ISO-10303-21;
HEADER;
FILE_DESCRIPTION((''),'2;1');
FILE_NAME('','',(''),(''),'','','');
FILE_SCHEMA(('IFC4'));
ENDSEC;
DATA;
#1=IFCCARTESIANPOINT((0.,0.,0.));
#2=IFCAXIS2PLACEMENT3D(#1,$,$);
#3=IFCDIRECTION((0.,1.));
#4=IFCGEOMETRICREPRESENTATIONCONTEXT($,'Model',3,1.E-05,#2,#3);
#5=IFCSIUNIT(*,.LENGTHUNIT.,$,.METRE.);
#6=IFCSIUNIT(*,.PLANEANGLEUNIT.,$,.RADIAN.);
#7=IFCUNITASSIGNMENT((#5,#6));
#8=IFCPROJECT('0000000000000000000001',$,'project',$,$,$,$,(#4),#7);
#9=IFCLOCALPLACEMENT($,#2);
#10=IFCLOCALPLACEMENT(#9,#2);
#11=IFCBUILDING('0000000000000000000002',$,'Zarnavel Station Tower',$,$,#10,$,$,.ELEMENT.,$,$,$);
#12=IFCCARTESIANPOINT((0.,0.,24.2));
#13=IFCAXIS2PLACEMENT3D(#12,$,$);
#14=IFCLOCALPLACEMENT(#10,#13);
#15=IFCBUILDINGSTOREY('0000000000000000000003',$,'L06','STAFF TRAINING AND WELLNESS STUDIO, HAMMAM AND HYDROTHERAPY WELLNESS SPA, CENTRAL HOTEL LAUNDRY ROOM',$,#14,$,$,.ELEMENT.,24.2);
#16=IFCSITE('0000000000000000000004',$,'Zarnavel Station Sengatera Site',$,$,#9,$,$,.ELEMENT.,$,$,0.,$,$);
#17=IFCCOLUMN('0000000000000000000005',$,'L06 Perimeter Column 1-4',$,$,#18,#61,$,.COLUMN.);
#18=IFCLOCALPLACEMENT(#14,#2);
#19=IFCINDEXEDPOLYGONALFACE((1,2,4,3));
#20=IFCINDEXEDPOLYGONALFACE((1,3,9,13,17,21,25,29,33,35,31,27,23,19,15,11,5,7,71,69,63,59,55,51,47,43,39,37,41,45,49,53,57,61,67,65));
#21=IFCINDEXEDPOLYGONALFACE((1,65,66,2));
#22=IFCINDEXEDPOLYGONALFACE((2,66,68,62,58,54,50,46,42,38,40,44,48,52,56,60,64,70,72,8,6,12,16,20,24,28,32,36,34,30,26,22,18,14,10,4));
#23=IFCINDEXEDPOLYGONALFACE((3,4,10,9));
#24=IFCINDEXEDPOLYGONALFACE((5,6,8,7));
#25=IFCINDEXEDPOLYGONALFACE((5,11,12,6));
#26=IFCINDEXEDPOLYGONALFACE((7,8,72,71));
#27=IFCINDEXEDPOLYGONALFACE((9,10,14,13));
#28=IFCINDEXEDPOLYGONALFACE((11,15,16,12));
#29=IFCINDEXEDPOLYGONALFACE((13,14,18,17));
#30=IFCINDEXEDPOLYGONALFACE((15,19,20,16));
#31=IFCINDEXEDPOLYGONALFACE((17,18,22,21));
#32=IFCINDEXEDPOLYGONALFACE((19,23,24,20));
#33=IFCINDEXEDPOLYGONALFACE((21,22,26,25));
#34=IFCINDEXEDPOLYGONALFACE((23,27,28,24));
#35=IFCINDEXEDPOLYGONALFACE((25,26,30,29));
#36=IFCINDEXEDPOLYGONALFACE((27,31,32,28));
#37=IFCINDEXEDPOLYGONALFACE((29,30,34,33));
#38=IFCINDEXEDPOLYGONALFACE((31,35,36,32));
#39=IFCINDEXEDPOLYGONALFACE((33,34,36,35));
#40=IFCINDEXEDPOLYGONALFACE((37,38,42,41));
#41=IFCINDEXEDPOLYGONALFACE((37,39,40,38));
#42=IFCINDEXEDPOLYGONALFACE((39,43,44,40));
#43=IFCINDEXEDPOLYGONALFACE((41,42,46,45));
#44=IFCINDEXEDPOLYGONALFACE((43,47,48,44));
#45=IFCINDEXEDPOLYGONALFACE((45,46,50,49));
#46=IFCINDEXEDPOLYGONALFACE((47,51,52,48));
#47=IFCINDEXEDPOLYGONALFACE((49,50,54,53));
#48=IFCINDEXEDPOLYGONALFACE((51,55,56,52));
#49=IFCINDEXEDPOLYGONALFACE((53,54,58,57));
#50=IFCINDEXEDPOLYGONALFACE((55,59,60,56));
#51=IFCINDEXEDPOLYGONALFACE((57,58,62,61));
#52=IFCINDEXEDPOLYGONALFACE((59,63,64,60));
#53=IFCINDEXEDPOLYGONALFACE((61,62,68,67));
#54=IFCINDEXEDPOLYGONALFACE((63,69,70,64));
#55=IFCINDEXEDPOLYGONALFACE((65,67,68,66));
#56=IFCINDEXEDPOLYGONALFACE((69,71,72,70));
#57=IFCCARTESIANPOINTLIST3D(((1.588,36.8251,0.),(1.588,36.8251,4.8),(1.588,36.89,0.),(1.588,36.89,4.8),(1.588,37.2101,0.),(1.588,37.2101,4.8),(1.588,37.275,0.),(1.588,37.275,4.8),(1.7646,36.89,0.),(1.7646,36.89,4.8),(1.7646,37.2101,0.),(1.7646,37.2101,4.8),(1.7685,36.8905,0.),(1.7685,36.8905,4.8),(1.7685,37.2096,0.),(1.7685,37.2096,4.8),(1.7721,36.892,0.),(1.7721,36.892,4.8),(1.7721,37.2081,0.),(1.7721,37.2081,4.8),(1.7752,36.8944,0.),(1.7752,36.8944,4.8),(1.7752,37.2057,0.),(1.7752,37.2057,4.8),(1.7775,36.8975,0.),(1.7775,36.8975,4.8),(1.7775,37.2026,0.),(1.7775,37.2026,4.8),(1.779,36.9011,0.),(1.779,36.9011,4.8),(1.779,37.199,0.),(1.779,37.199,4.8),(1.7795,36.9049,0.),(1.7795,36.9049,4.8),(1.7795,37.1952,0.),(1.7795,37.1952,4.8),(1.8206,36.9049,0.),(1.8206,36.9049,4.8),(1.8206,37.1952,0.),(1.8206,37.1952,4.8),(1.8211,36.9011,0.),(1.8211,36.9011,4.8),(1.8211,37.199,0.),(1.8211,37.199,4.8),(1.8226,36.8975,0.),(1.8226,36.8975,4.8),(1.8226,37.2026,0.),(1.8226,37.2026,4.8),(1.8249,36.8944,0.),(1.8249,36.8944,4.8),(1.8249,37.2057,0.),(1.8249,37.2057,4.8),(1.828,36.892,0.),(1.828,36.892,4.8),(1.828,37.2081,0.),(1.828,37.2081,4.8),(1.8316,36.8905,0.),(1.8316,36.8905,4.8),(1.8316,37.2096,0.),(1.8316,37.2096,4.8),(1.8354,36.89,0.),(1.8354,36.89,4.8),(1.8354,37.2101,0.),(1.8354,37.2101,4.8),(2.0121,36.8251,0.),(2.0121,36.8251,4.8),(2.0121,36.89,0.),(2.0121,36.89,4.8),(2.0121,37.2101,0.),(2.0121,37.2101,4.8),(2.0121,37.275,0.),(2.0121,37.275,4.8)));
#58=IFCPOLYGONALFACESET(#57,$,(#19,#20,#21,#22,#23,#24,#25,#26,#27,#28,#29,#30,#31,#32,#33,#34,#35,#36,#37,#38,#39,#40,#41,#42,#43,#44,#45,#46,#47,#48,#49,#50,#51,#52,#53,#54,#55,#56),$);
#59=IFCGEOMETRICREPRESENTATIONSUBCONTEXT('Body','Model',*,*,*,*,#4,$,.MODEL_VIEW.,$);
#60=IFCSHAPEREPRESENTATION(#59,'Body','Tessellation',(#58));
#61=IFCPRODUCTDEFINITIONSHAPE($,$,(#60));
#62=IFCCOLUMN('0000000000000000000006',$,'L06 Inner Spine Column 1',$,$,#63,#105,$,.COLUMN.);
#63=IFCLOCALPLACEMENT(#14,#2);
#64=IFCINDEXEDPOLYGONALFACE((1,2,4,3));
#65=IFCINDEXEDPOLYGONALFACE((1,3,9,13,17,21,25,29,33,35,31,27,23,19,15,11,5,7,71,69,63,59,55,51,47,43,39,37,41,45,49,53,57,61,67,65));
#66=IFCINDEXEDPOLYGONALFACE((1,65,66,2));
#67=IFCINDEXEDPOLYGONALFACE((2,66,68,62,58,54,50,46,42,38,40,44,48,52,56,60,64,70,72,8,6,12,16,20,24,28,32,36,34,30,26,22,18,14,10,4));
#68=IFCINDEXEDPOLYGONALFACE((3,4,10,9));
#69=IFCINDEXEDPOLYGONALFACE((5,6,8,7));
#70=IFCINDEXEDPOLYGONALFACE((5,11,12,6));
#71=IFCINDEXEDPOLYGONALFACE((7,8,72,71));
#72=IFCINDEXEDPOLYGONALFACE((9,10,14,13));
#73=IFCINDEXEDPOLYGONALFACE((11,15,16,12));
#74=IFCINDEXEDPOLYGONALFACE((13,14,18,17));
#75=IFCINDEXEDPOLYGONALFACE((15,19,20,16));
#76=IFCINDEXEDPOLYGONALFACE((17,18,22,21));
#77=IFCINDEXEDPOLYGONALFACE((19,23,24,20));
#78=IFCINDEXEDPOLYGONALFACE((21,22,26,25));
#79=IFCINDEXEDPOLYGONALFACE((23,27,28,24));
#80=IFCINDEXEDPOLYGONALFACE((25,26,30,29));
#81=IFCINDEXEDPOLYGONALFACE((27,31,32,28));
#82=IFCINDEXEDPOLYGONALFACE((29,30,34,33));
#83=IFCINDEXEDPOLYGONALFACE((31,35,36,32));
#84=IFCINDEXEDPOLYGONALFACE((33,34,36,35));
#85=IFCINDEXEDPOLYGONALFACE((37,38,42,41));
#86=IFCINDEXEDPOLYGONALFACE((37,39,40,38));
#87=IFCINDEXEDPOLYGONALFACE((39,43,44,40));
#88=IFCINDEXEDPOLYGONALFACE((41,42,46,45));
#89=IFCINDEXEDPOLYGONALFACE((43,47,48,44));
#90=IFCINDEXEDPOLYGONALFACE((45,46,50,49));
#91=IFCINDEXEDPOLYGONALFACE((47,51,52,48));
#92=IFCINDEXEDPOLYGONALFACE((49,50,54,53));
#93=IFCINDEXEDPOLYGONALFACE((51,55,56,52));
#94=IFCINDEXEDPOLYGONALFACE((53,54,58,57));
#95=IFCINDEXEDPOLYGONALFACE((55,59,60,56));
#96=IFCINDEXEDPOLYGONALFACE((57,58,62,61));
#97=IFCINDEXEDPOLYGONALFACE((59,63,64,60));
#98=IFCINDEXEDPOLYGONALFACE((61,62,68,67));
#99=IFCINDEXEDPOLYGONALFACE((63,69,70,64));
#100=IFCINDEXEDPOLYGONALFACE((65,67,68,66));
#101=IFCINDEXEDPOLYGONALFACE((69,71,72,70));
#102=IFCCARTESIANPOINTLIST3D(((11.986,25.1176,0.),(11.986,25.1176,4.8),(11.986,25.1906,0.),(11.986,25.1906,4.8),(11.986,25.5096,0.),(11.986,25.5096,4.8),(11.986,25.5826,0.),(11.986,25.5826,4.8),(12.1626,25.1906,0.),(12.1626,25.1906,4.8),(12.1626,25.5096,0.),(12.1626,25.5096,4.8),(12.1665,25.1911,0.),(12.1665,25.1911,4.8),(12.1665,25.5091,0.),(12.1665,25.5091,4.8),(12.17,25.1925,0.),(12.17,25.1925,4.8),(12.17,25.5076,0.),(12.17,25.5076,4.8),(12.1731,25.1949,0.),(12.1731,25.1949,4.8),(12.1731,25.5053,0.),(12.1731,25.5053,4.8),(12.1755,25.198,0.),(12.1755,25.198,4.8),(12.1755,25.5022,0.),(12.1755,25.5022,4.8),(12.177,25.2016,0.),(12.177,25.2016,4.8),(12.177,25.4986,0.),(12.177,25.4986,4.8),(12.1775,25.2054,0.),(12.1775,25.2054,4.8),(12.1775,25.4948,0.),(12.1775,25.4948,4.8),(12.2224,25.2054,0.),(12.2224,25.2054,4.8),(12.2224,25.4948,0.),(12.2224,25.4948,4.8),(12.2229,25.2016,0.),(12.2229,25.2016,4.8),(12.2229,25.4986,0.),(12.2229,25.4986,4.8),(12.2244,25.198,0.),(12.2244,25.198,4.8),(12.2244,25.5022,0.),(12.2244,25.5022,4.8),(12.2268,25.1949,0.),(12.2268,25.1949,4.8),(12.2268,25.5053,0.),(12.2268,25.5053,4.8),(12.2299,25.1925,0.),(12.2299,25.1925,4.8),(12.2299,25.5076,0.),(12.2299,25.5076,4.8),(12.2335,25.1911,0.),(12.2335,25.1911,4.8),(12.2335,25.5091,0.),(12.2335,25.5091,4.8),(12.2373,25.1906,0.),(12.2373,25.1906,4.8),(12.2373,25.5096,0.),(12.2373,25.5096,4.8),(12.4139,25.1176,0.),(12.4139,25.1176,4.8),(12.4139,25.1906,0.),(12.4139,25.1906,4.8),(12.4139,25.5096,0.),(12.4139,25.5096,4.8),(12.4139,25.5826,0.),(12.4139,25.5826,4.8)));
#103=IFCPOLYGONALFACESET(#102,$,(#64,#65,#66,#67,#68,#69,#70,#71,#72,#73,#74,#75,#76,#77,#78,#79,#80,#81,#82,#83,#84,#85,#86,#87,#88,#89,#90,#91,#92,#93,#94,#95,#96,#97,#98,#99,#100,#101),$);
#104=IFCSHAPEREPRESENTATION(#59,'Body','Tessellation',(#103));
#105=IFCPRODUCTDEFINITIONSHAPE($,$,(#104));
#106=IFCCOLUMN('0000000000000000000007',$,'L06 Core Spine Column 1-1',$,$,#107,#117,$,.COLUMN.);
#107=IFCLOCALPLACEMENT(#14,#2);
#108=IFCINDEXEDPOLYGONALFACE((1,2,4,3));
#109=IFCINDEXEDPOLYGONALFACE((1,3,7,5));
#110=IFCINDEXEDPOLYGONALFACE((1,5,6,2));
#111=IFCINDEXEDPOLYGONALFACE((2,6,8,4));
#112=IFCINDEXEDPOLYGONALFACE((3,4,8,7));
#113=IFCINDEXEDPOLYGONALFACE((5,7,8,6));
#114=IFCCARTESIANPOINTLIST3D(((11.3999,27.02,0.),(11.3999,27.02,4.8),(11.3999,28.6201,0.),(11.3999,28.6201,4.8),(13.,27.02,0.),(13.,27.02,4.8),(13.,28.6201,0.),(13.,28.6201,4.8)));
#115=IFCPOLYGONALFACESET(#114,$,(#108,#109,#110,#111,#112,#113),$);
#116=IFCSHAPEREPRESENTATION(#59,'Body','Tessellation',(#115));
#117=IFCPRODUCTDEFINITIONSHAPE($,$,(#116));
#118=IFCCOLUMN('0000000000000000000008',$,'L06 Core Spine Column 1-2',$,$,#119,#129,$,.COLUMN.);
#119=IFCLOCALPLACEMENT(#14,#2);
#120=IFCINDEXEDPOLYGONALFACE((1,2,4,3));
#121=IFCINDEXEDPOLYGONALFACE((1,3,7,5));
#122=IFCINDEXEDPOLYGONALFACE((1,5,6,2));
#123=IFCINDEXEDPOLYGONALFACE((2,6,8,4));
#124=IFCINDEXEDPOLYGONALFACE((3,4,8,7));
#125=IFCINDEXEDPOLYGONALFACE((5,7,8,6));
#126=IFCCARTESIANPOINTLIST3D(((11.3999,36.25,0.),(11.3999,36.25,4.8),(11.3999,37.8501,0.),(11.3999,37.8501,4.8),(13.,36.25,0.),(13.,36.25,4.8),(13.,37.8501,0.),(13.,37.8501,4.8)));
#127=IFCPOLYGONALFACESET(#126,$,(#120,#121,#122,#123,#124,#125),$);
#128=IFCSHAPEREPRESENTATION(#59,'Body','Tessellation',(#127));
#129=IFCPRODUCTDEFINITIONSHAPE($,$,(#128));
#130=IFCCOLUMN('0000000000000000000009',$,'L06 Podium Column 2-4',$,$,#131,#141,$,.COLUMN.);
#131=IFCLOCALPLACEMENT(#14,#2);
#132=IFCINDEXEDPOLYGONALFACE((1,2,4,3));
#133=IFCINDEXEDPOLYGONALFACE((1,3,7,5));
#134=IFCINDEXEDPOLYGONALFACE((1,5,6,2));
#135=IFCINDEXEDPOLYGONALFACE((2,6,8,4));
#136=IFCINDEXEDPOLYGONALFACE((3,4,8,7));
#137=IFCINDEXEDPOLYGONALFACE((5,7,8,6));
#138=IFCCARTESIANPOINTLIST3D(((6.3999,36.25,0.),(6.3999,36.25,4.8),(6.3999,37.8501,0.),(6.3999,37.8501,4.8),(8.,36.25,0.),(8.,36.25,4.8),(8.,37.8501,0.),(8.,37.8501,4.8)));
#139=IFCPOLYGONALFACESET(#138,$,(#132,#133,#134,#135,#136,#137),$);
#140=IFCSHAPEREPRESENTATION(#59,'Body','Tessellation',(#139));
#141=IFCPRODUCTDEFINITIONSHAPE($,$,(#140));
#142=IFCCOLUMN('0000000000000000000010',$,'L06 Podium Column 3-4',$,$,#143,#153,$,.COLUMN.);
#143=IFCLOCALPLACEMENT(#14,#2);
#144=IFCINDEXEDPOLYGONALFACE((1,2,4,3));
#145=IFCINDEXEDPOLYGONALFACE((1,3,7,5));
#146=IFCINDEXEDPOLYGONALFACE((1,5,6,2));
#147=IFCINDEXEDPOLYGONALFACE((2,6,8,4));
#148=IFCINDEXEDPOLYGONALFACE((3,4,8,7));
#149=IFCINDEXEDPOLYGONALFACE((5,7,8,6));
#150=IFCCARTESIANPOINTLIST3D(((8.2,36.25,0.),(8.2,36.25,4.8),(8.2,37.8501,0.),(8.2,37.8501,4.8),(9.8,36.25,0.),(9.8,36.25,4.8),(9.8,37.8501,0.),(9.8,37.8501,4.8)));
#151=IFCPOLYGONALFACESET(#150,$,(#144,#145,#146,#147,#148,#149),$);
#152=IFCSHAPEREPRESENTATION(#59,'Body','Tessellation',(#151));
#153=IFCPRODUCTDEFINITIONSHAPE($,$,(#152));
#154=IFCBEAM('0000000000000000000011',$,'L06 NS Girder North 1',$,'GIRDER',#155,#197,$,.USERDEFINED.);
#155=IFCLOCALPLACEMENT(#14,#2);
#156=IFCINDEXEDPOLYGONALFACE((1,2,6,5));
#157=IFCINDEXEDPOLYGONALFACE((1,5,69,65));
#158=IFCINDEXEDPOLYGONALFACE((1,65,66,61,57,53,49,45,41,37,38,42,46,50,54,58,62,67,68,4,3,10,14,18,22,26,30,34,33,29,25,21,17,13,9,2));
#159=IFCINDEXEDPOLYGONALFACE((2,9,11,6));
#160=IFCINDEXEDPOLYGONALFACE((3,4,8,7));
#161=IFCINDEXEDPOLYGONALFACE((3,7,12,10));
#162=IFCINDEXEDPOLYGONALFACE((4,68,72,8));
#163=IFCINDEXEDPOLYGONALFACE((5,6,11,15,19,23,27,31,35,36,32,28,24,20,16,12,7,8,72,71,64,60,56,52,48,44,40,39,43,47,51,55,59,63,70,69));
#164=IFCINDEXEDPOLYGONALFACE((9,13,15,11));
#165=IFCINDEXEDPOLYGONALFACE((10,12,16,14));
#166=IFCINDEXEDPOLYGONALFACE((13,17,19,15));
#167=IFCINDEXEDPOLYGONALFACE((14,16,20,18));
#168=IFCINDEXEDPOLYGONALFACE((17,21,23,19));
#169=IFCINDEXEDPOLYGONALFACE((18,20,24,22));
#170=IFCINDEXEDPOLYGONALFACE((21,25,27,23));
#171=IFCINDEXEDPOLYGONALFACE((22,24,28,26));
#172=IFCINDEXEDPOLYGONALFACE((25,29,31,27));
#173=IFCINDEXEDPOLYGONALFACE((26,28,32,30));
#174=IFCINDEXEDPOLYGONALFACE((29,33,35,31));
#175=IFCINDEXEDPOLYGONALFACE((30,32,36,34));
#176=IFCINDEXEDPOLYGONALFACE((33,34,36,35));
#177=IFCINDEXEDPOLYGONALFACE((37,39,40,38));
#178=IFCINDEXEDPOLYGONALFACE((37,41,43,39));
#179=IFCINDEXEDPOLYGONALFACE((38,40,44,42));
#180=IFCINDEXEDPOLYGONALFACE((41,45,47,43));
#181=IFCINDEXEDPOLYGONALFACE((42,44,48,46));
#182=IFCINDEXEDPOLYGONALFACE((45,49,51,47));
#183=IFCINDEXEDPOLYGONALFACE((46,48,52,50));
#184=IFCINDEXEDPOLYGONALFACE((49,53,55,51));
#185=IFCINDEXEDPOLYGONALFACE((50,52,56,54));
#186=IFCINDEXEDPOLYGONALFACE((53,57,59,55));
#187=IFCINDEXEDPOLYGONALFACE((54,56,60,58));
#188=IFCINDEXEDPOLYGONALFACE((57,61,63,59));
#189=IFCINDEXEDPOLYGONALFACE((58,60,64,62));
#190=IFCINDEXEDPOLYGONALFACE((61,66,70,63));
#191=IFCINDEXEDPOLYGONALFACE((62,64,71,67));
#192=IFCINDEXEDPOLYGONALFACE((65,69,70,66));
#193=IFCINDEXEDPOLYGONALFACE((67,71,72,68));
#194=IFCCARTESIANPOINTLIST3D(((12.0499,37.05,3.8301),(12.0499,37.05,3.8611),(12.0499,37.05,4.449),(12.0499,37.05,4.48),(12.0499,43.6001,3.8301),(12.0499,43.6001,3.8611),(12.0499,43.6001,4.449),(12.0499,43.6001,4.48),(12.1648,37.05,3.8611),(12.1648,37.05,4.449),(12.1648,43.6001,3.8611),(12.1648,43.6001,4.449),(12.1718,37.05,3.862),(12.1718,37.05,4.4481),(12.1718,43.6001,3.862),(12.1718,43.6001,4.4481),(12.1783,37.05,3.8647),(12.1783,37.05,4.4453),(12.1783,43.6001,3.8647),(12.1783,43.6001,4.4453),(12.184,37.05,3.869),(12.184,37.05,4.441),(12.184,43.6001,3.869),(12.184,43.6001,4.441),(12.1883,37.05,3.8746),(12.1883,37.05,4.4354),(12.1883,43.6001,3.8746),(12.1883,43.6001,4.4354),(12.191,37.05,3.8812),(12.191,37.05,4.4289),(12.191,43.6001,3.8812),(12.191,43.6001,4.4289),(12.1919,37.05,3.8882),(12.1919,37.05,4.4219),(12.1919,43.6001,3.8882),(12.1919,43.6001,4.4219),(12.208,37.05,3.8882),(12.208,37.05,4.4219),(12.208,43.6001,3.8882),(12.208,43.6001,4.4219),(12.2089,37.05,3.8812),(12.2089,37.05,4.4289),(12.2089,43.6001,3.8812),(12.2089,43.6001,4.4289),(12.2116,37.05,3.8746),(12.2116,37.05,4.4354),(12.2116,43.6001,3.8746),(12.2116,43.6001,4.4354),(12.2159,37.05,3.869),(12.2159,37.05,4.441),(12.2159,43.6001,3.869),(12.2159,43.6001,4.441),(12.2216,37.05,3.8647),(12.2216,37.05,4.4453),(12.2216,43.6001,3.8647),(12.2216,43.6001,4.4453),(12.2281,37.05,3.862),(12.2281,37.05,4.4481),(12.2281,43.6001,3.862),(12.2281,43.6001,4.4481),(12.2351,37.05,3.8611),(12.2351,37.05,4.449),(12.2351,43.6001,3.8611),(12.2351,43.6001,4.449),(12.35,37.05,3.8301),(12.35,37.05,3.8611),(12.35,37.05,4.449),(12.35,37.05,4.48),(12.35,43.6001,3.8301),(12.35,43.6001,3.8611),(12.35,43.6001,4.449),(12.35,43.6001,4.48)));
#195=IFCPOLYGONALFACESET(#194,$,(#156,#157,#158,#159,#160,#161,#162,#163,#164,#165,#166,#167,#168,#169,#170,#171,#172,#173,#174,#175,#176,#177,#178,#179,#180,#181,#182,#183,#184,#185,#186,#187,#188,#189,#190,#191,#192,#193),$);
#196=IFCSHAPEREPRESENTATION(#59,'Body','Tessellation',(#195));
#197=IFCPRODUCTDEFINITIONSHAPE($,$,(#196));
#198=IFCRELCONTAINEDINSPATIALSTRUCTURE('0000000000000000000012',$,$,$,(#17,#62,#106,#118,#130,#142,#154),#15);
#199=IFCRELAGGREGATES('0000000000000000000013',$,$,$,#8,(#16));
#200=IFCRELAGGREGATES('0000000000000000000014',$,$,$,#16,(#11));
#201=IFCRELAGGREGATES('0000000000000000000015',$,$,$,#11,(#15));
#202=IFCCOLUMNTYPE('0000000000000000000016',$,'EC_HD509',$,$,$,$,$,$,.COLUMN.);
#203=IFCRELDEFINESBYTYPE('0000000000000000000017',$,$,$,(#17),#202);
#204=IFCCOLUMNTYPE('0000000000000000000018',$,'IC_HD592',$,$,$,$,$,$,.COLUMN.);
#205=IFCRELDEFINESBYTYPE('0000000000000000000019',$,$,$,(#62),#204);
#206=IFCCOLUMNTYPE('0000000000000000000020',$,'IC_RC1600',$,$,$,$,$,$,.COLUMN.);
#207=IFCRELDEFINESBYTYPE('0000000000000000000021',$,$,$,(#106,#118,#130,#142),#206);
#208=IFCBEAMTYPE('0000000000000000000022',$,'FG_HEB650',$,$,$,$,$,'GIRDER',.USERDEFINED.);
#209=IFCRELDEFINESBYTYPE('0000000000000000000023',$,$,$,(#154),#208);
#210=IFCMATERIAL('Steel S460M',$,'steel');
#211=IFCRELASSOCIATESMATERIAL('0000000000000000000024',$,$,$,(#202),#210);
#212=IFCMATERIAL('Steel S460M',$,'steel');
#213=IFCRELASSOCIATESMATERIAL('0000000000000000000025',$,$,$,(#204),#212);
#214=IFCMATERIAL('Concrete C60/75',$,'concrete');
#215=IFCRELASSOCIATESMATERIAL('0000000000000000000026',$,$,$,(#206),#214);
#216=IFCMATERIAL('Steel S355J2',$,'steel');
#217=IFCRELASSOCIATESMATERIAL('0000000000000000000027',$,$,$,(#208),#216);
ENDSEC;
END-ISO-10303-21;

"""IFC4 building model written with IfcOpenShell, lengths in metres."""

from ifc_helpers import new_model, si_unit, direction, frame, origin, origin_2d, place, context, subcontext, project, spatial, rectangle, i_section, extrude, material, material_profile, profile_set, type_object, element, save


model = new_model("IFC4")

# Units and contexts
model_context = context("Model", 3, precision=1e-05, world=origin(), true_north=direction((0.0, 1.0)))
body_context = subcontext(model_context, "Body", "Model", "MODEL_VIEW")
ifc_project = project(units=[si_unit("LENGTHUNIT", "METRE"), si_unit("PLANEANGLEUNIT", "RADIAN")], contexts=[model_context])

# Site, building, storey
site_placement = place(None, origin())
site = spatial("IfcSite", under=ifc_project, at=site_placement, Name="Zarnavel Station Sengatera Site", CompositionType="ELEMENT", RefElevation=0.0)
building_placement = place(site_placement, origin())
building = spatial("IfcBuilding", under=site, at=building_placement, Name="Zarnavel Station Tower", CompositionType="ELEMENT")
storey_placement = place(building_placement, frame((0.0, 0.0, 24.2)))
storey = spatial("IfcBuildingStorey", under=building, at=storey_placement, Name="L06", Description="STAFF TRAINING AND WELLNESS STUDIO, HAMMAM AND HYDROTHERAPY WELLNESS SPA, CENTRAL HOTEL LAUNDRY ROOM", CompositionType="ELEMENT", Elevation=24.2)

# Columns
ifc_material_1 = material(Name="Steel S460M", Category="steel")
ifc_material_profile_1 = material_profile(ifc_material_1, i_section(OverallWidth=0.4241, OverallDepth=0.45, WebThickness=0.041, FlangeThickness=0.0649, FilletRadius=0.0149, at=origin_2d()), Name="HD400x509")
ifc_profile_set_1 = profile_set([ifc_material_profile_1], Name="Steel S460M")
column_type_1 = type_object("IfcColumnType", Name="EC_HD509", PredefinedType="COLUMN", material=ifc_profile_set_1)
column_1_placement = place(storey_placement, frame((1.8, 37.05, 0.0), z_axis=(0.0, 0.0, 1.0), x_axis=(1.0, 0.0, 0.0)))
element("IfcColumn", 1, at=column_1_placement, inside=storey, type_object=column_type_1, Name="L06 Perimeter Column 1-4", PredefinedType="COLUMN", context=body_context, shape_type="SweptSolid", body=[
    extrude(i_section(OverallWidth=0.4241, OverallDepth=0.45, WebThickness=0.041, FlangeThickness=0.0649, FilletRadius=0.0149, at=origin_2d()), origin(), (0.0, 0.0, 1.0), 4.8),
])
ifc_material_2 = material(Name="Steel S460M", Category="steel")
ifc_material_profile_2 = material_profile(ifc_material_2, i_section(OverallWidth=0.428, OverallDepth=0.4651, WebThickness=0.0449, FlangeThickness=0.073, FilletRadius=0.0149, at=origin_2d()), Name="HD400x592")
ifc_profile_set_2 = profile_set([ifc_material_profile_2], Name="Steel S460M")
column_type_2 = type_object("IfcColumnType", Name="IC_HD592", PredefinedType="COLUMN", material=ifc_profile_set_2)
column_2_placement = place(storey_placement, frame((12.2, 25.3501, 0.0), z_axis=(0.0, 0.0, 1.0), x_axis=(1.0, 0.0, 0.0)))
element("IfcColumn", 2, at=column_2_placement, inside=storey, type_object=column_type_2, Name="L06 Inner Spine Column 1", PredefinedType="COLUMN", context=body_context, shape_type="SweptSolid", body=[
    extrude(i_section(OverallWidth=0.428, OverallDepth=0.4651, WebThickness=0.0449, FlangeThickness=0.073, FilletRadius=0.0149, at=origin_2d()), origin(), (0.0, 0.0, 1.0), 4.8),
])
ifc_material_3 = material(Name="Concrete C60/75", Category="concrete")
ifc_material_profile_3 = material_profile(ifc_material_3, rectangle(XDim=1.6001, YDim=1.6001, at=origin_2d()), Name="RC1600x1600")
ifc_profile_set_3 = profile_set([ifc_material_profile_3], Name="Concrete C60/75")
column_type_3 = type_object("IfcColumnType", Name="IC_RC1600", PredefinedType="COLUMN", material=ifc_profile_set_3)
for number, where, z_axis, x_axis, name in (
    (3, (12.2, 27.8201, 0.0), (0.0, 0.0, 1.0), (1.0, 0.0, 0.0), "L06 Core Spine Column 1-1"),
    (4, (12.2, 37.05, 0.0), (0.0, 0.0, 1.0), (1.0, 0.0, 0.0), "L06 Core Spine Column 1-2"),
    (5, (7.2, 37.05, 0.0), (0.0, 0.0, 1.0), (1.0, 0.0, 0.0), "L06 Podium Column 2-4"),
    (6, (9.0, 37.05, 0.0), (0.0, 0.0, 1.0), (1.0, 0.0, 0.0), "L06 Podium Column 3-4"),
):
    element("IfcColumn", number, at=place(storey_placement, frame(where, z_axis=z_axis, x_axis=x_axis)), inside=storey, type_object=column_type_3, Name=name, PredefinedType="COLUMN", context=body_context, shape_type="SweptSolid", body=[
        extrude(rectangle(XDim=1.6001, YDim=1.6001, at=origin_2d()), origin(), (0.0, 0.0, 1.0), 4.8),
    ])

# Beam
ifc_material_4 = material(Name="Steel S355J2", Category="steel")
ifc_material_profile_4 = material_profile(ifc_material_4, i_section(OverallWidth=0.3, OverallDepth=0.6499, WebThickness=0.0161, FlangeThickness=0.031, FilletRadius=0.0271, at=origin_2d()), Name="HEB650")
ifc_profile_set_4 = profile_set([ifc_material_profile_4], Name="Steel S355J2")
beam_type_1 = type_object("IfcBeamType", Name="FG_HEB650", ElementType="GIRDER", PredefinedType="USERDEFINED", material=ifc_profile_set_4)
beam_1_placement = place(storey_placement, frame((12.2, 37.05, 4.155), z_axis=(0.0, 1.0, 0.0), x_axis=(-1.0, 0.0, 0.0)))
element("IfcBeam", 7, at=beam_1_placement, inside=storey, type_object=beam_type_1, Name="L06 NS Girder North 1", ObjectType="GIRDER", PredefinedType="USERDEFINED", context=body_context, shape_type="SweptSolid", body=[
    extrude(i_section(OverallWidth=0.3, OverallDepth=0.6499, WebThickness=0.0161, FlangeThickness=0.031, FilletRadius=0.0271, at=origin_2d()), origin(), (0.0, 0.0, 1.0), 6.55),
])

save(model, "model.ifc")
